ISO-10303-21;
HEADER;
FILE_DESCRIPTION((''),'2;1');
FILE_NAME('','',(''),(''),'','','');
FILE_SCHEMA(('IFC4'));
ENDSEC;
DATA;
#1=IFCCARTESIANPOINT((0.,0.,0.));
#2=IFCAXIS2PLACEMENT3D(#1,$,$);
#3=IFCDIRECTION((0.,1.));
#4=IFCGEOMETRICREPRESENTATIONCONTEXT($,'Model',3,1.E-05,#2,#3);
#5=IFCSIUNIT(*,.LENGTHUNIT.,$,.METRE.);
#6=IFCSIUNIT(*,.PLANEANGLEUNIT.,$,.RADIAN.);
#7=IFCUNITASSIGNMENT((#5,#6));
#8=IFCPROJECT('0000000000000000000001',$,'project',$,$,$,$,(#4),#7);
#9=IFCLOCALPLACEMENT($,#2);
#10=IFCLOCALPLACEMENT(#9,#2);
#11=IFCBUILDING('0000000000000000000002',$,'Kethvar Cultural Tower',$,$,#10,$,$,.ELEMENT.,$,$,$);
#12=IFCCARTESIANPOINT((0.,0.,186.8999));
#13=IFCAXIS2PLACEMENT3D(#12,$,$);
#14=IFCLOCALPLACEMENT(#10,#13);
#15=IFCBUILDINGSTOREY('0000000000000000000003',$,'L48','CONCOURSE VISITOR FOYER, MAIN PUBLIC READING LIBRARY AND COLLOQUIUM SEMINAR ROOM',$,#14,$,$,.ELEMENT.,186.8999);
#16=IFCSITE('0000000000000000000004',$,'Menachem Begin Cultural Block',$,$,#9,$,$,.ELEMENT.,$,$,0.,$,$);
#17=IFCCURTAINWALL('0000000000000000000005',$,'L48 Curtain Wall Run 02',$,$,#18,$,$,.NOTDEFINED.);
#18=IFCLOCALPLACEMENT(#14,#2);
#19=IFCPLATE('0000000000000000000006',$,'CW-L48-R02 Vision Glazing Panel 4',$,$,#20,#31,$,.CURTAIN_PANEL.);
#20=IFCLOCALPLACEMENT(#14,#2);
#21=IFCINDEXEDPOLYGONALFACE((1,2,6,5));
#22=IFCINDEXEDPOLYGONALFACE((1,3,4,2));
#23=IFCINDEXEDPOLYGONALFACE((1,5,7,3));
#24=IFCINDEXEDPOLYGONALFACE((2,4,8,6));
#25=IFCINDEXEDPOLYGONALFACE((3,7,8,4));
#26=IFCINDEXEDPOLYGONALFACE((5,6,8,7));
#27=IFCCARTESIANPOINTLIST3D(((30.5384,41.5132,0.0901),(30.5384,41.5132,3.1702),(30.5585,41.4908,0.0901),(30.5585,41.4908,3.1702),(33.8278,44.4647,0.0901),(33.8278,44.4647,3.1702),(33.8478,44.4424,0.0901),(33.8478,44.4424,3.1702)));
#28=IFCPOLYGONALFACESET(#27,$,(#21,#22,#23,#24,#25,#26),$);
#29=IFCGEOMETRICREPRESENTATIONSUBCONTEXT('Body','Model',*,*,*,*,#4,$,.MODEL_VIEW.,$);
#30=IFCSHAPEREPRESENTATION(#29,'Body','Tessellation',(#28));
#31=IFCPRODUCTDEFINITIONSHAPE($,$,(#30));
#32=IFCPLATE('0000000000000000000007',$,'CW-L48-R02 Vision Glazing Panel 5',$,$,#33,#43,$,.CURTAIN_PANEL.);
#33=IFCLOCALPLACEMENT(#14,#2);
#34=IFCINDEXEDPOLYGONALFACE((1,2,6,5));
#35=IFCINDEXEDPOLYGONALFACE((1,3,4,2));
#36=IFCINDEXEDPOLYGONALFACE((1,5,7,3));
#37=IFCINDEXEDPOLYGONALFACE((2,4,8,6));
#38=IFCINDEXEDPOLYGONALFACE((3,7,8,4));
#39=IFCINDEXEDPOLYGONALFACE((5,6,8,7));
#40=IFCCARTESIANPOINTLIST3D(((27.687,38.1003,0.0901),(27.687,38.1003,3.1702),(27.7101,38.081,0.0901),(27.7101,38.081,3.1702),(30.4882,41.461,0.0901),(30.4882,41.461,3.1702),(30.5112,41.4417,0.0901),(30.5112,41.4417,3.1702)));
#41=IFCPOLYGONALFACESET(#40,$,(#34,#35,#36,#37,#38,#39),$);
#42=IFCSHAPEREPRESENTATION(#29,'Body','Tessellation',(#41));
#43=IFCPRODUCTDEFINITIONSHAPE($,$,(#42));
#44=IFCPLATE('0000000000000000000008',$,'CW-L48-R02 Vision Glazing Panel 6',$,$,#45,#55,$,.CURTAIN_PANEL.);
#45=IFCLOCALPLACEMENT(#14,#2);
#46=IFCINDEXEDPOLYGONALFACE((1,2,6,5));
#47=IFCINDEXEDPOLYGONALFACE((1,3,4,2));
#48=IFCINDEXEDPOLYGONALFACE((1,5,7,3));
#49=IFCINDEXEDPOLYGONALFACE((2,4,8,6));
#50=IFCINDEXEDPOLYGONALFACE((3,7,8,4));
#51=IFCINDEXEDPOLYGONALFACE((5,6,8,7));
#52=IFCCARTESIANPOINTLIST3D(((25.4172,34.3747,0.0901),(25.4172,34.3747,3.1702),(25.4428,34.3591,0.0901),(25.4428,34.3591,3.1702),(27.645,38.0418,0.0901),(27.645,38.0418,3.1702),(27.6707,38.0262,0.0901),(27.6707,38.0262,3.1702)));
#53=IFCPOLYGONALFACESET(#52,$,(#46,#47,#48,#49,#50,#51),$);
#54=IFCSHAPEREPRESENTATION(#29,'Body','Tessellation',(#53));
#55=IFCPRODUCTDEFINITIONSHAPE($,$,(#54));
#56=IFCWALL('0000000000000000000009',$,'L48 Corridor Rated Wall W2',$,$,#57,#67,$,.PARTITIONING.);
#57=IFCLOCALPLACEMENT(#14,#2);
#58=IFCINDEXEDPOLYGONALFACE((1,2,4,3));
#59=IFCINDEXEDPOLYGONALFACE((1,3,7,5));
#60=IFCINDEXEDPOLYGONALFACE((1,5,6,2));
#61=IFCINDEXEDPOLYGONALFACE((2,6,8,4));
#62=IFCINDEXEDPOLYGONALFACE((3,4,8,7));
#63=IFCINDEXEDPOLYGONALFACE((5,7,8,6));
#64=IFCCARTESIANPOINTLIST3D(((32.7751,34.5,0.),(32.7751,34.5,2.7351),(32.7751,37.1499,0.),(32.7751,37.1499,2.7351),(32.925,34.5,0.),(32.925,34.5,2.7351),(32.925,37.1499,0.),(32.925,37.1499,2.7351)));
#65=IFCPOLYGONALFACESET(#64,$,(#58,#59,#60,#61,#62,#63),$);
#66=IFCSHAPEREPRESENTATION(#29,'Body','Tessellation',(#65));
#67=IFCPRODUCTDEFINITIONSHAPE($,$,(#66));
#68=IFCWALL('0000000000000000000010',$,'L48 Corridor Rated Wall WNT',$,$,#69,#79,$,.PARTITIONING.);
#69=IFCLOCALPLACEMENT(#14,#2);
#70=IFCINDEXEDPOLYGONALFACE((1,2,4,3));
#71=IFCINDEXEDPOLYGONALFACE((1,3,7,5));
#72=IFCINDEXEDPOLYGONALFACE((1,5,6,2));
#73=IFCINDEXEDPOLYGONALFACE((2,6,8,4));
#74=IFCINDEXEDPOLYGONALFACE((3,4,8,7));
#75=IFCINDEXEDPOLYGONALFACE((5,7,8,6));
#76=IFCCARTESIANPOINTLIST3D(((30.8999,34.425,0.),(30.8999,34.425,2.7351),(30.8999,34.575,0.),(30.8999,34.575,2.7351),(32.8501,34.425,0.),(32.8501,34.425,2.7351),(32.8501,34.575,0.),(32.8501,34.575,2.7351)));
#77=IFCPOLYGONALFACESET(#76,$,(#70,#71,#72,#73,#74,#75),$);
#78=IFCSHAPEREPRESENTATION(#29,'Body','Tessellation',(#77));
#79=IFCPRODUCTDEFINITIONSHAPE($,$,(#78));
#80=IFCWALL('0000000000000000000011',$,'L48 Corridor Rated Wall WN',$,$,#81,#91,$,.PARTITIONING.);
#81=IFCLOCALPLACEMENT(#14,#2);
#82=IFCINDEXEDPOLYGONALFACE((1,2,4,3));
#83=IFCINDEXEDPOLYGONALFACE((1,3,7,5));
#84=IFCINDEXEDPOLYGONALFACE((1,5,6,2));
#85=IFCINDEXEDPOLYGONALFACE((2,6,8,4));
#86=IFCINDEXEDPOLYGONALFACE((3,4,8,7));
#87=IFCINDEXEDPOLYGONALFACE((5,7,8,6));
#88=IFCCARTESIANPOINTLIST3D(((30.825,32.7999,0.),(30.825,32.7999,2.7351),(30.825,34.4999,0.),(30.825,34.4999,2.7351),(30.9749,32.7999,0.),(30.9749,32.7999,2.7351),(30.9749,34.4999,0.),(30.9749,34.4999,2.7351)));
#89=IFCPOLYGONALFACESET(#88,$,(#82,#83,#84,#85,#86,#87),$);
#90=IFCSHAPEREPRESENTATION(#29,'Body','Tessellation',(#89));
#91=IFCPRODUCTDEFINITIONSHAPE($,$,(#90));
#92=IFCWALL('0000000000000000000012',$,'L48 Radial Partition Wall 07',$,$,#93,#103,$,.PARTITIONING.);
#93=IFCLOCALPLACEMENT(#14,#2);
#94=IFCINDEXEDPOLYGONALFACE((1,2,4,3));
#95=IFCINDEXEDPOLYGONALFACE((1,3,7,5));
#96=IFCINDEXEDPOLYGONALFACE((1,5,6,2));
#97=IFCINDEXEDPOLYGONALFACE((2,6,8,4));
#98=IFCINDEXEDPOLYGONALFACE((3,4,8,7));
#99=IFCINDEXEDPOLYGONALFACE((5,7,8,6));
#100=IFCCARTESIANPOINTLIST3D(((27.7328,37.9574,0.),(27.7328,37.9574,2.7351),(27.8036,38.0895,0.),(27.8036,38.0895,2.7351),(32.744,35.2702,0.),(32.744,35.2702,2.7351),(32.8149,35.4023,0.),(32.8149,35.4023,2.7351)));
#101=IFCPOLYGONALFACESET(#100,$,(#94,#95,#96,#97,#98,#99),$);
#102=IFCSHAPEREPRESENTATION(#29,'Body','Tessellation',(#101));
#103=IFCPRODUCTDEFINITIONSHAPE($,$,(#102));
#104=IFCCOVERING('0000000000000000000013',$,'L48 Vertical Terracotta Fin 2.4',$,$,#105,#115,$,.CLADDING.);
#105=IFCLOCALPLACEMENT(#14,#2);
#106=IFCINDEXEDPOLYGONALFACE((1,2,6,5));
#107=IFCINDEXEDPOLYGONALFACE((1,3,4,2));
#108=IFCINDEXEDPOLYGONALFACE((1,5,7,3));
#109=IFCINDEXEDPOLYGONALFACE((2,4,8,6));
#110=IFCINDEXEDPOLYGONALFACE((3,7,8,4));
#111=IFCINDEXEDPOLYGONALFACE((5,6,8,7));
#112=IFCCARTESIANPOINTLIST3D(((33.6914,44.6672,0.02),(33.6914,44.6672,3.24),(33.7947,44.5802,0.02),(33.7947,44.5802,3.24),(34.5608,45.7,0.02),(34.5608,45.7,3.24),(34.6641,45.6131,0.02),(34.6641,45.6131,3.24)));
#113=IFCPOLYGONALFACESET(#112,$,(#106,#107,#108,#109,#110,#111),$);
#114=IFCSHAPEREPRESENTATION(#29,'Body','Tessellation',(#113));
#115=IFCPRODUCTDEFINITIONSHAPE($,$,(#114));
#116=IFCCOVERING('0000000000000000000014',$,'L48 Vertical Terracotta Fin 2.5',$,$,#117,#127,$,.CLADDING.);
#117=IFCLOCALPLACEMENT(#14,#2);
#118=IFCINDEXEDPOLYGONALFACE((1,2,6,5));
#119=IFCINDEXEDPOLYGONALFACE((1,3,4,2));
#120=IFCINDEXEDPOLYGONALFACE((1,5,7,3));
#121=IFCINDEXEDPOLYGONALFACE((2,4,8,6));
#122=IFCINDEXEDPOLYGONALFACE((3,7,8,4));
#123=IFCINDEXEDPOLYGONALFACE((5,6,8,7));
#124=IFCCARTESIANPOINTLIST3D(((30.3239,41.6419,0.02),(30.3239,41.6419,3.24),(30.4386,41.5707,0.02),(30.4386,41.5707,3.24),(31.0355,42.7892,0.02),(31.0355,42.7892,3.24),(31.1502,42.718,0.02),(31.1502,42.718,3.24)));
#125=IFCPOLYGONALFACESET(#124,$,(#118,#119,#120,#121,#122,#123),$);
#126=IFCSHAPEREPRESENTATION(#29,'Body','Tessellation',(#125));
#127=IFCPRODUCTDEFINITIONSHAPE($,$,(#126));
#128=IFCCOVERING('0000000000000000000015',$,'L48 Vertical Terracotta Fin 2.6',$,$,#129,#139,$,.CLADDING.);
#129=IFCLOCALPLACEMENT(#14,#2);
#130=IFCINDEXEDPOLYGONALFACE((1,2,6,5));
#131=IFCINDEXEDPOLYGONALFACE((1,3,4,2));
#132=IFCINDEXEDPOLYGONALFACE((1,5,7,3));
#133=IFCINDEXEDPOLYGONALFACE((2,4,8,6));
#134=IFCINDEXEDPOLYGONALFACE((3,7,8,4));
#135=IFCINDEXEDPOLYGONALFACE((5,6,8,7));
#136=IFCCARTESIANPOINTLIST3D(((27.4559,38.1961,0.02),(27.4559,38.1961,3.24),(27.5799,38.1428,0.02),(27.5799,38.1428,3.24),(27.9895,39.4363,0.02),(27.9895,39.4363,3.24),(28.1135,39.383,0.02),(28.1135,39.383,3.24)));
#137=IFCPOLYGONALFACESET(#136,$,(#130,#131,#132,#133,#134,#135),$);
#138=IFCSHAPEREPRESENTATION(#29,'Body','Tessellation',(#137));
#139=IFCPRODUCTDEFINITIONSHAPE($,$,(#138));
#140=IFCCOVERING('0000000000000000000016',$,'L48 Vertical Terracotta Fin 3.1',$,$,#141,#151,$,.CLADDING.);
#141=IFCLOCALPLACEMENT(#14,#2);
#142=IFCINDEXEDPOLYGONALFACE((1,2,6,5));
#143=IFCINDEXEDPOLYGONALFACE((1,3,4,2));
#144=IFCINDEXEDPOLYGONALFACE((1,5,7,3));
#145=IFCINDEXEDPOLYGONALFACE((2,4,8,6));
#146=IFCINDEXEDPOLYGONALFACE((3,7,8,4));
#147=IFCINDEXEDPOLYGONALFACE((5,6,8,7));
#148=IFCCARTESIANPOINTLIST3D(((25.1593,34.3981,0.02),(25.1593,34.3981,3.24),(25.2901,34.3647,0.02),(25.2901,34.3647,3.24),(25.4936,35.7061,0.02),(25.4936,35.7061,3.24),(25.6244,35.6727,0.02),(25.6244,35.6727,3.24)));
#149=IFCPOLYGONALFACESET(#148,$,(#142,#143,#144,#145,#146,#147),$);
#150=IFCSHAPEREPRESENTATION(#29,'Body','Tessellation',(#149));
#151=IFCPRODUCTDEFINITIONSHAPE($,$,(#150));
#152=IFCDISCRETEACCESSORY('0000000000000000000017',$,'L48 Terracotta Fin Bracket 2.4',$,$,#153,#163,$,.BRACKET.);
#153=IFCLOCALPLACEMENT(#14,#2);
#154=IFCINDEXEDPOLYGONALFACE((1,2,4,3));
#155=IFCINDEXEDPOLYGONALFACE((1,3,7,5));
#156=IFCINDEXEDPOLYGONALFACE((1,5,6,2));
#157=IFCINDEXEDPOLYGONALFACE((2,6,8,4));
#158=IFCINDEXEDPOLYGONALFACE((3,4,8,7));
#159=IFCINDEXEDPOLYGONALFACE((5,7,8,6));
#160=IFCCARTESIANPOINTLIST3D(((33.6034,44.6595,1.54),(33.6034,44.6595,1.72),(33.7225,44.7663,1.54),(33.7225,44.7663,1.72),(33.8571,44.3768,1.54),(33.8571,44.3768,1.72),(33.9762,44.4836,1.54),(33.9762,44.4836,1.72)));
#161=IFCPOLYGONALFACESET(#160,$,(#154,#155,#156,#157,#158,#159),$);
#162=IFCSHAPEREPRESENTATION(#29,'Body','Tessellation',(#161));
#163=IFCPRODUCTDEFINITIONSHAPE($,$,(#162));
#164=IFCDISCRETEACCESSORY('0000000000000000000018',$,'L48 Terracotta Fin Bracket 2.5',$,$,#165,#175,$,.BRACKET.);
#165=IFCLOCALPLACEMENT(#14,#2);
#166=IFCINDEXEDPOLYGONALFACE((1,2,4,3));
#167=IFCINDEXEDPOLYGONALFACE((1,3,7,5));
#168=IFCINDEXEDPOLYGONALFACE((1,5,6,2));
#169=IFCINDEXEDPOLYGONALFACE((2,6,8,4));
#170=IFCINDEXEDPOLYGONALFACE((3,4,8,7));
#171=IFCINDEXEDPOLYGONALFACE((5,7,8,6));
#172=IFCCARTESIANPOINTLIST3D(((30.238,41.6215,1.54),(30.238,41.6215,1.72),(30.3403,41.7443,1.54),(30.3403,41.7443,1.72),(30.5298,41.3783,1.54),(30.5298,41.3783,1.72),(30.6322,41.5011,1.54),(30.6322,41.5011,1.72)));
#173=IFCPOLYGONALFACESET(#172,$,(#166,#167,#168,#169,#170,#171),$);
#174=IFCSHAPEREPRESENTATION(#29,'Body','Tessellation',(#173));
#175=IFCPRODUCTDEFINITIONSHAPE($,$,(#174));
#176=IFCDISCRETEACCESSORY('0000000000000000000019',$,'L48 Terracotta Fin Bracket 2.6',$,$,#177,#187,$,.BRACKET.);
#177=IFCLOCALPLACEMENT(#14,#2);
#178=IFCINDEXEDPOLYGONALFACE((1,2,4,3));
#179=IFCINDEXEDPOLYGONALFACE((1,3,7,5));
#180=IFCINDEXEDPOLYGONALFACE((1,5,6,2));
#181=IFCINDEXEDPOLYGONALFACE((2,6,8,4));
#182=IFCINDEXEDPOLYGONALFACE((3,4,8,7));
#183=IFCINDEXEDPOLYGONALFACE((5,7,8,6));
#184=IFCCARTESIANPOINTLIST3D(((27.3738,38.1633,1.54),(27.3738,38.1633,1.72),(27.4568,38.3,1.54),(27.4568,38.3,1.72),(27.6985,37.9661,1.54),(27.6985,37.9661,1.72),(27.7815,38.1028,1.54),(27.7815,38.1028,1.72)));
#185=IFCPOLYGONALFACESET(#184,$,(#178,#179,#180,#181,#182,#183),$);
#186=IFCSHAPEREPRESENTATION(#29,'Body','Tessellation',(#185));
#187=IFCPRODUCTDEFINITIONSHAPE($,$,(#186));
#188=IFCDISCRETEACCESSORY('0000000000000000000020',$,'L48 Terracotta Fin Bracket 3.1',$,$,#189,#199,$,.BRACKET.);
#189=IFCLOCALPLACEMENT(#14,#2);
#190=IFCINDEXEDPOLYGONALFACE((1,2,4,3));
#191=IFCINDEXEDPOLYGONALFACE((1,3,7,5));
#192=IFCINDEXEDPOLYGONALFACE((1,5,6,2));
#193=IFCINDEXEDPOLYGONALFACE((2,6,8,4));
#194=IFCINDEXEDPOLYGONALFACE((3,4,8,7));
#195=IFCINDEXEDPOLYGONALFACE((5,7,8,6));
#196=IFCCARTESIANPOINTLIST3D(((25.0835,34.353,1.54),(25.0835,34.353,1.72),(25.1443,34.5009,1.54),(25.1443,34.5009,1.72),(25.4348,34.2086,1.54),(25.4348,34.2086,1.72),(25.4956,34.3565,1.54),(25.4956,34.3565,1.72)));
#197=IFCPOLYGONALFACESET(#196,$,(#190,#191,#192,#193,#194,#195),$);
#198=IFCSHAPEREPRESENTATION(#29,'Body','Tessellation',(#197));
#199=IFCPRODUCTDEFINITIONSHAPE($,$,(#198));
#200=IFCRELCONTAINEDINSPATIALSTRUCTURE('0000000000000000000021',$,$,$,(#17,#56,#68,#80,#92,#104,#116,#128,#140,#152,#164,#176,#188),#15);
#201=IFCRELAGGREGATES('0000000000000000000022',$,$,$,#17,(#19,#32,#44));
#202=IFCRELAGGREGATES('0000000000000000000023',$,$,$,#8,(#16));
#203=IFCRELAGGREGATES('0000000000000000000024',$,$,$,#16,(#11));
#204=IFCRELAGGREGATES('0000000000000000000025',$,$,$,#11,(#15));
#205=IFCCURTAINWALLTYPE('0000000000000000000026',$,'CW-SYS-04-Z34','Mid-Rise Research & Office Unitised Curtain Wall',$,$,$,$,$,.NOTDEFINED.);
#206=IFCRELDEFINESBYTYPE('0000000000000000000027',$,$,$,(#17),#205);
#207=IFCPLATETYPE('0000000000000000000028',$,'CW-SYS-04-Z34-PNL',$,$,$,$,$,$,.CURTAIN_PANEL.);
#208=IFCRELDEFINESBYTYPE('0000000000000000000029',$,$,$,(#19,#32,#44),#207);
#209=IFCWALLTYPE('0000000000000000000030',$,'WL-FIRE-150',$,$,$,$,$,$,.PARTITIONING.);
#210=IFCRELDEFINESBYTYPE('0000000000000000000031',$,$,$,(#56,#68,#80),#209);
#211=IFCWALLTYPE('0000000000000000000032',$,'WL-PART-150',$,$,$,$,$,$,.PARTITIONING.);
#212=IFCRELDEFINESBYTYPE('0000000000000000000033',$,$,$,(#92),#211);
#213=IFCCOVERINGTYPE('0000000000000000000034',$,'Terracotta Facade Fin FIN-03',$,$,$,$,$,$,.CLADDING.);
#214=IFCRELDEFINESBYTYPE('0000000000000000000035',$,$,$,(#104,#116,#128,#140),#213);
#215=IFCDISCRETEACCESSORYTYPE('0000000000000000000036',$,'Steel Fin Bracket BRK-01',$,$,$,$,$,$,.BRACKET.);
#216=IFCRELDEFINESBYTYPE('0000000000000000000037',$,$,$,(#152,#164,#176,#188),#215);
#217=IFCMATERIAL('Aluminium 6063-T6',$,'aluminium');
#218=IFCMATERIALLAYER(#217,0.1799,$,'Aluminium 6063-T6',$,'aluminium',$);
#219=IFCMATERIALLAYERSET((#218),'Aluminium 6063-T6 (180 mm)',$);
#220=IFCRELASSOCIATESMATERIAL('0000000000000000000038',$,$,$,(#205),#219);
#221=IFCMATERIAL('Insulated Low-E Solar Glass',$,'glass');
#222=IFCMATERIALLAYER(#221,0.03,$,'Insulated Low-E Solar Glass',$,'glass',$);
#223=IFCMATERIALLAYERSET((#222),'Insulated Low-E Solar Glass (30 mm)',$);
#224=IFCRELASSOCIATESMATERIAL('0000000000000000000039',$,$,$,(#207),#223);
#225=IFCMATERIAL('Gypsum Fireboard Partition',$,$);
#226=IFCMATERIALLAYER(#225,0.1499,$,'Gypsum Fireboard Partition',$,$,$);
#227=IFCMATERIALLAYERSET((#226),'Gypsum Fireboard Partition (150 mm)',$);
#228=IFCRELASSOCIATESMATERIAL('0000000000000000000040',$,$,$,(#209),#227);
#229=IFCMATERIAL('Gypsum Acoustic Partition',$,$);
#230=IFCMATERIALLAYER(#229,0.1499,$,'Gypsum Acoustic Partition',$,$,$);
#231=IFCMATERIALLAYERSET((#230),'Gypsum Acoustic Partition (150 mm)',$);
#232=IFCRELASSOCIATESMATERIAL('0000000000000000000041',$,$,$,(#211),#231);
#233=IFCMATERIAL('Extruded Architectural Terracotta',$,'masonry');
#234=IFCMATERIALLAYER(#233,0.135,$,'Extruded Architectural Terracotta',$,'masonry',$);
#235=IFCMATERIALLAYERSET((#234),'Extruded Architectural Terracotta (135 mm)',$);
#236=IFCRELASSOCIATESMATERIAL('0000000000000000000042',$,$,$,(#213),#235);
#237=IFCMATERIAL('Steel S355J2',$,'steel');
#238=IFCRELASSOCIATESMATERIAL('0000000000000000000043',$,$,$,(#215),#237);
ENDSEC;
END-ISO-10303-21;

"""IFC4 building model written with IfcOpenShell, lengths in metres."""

from ifc_helpers import new_model, si_unit, direction, frame, frame_2d, origin, origin_2d, place, context, subcontext, project, spatial, rectangle, extrude, source, transform, mapped, material, layer, layer_set, type_object, element, aggregate, save


model = new_model("IFC4")

# Units and contexts
model_context = context("Model", 3, precision=1e-05, world=origin(), true_north=direction((0.0, 1.0)))
body_context = subcontext(model_context, "Body", "Model", "MODEL_VIEW")
ifc_project = project(units=[si_unit("LENGTHUNIT", "METRE"), si_unit("PLANEANGLEUNIT", "RADIAN")], contexts=[model_context])

# Site, building, storey
site_placement = place(None, origin())
site = spatial("IfcSite", under=ifc_project, at=site_placement, Name="Menachem Begin Cultural Block", CompositionType="ELEMENT", RefElevation=0.0)
building_placement = place(site_placement, origin())
building = spatial("IfcBuilding", under=site, at=building_placement, Name="Kethvar Cultural Tower", CompositionType="ELEMENT")
storey_placement = place(building_placement, frame((0.0, 0.0, 186.8999)))
storey = spatial("IfcBuildingStorey", under=building, at=storey_placement, Name="L48", Description="CONCOURSE VISITOR FOYER, MAIN PUBLIC READING LIBRARY AND COLLOQUIUM SEMINAR ROOM", CompositionType="ELEMENT", Elevation=186.8999)

# Shared definitions
ifc_material_1 = material(Name="Steel S355J2", Category="steel")

# Curtain wall, plates
ifc_material_2 = material(Name="Aluminium 6063-T6", Category="aluminium")
ifc_layer_1 = layer(ifc_material_2, 0.1799, Name="Aluminium 6063-T6", Category="aluminium")
ifc_layer_set_1 = layer_set([ifc_layer_1], Name="Aluminium 6063-T6 (180 mm)")
curtain_wall_type = type_object("IfcCurtainWallType", Name="CW-SYS-04-Z34", Description="Mid-Rise Research & Office Unitised Curtain Wall", PredefinedType="NOTDEFINED", material=ifc_layer_set_1)
curtain_wall_placement = place(storey_placement, origin())
curtain_wall = element("IfcCurtainWall", 1, at=curtain_wall_placement, inside=storey, type_object=curtain_wall_type, Name="L48 Curtain Wall Run 02", PredefinedType="NOTDEFINED")
ifc_material_3 = material(Name="Insulated Low-E Solar Glass", Category="glass")
ifc_layer_2 = layer(ifc_material_3, 0.03, Name="Insulated Low-E Solar Glass", Category="glass")
ifc_layer_set_2 = layer_set([ifc_layer_2], Name="Insulated Low-E Solar Glass (30 mm)")
plate_type = type_object("IfcPlateType", Name="CW-SYS-04-Z34-PNL", PredefinedType="CURTAIN_PANEL", material=ifc_layer_set_2)
shared_shape_1 = source(origin(), body_context, "Body", "SweptSolid", [
    extrude(rectangle(XDim=4.4194, YDim=0.03, at=origin_2d()), origin(), (0.0, 0.0, 1.0), 3.0801),
])
plate_1_placement = place(storey_placement, frame((32.1931, 42.9778, 0.0901), z_axis=(0.0, 0.0, 1.0), x_axis=(-0.744288, -0.667859, 0.0)))
plate_1 = element("IfcPlate", 2, at=plate_1_placement, type_object=plate_type, Name="CW-L48-R02 Vision Glazing Panel 4", PredefinedType="CURTAIN_PANEL", context=body_context, shape_type="MappedRepresentation", body=[
    mapped(shared_shape_1, transform((0.0, 0.0, 0.0), scale=1.0)),
])
shared_shape_2 = source(origin(), body_context, "Body", "SweptSolid", [
    extrude(rectangle(XDim=4.375, YDim=0.03, at=origin_2d()), origin(), (0.0, 0.0, 1.0), 3.0801),
])
plate_2_placement = place(storey_placement, frame((29.0991, 39.771, 0.0901), z_axis=(0.0, 0.0, 1.0), x_axis=(-0.640257, -0.768161, 0.0)))
plate_2 = element("IfcPlate", 3, at=plate_2_placement, type_object=plate_type, Name="CW-L48-R02 Vision Glazing Panel 5", PredefinedType="CURTAIN_PANEL", context=body_context, shape_type="MappedRepresentation", body=[
    mapped(shared_shape_2, transform((0.0, 0.0, 0.0), scale=1.0)),
])
shared_shape_3 = source(origin(), body_context, "Body", "SweptSolid", [
    extrude(rectangle(XDim=4.2908, YDim=0.03, at=origin_2d()), origin(), (0.0, 0.0, 1.0), 3.0801),
])
plate_3_placement = place(storey_placement, frame((26.5439, 36.2004, 0.0901), z_axis=(0.0, 0.0, 1.0), x_axis=(-0.519221, -0.85464, 0.0)))
plate_3 = element("IfcPlate", 4, at=plate_3_placement, type_object=plate_type, Name="CW-L48-R02 Vision Glazing Panel 6", PredefinedType="CURTAIN_PANEL", context=body_context, shape_type="MappedRepresentation", body=[
    mapped(shared_shape_3, transform((0.0, 0.0, 0.0), scale=1.0)),
])
aggregate(curtain_wall, [plate_1, plate_2, plate_3])

# Walls
ifc_material_4 = material(Name="Gypsum Fireboard Partition")
ifc_layer_3 = layer(ifc_material_4, 0.1499, Name="Gypsum Fireboard Partition")
ifc_layer_set_3 = layer_set([ifc_layer_3], Name="Gypsum Fireboard Partition (150 mm)")
wall_type_1 = type_object("IfcWallType", Name="WL-FIRE-150", PredefinedType="PARTITIONING", material=ifc_layer_set_3)
wall_1_placement = place(storey_placement, frame((32.8501, 37.1499, 0.0), z_axis=(0.0, 0.0, 1.0), x_axis=(0.0, -1.0, 0.0)))
element("IfcWall", 5, at=wall_1_placement, inside=storey, type_object=wall_type_1, Name="L48 Corridor Rated Wall W2", PredefinedType="PARTITIONING", context=body_context, shape_type="SweptSolid", body=[
    extrude(rectangle(XDim=2.6499, YDim=0.1499, at=frame_2d((1.325, 0.0))), origin(), (0.0, 0.0, 1.0), 2.7351),
])
wall_2_placement = place(storey_placement, frame((32.8501, 34.5, 0.0), z_axis=(0.0, 0.0, 1.0), x_axis=(-1.0, 0.0, 0.0)))
element("IfcWall", 6, at=wall_2_placement, inside=storey, type_object=wall_type_1, Name="L48 Corridor Rated Wall WNT", PredefinedType="PARTITIONING", context=body_context, shape_type="SweptSolid", body=[
    extrude(rectangle(XDim=1.9502, YDim=0.1499, at=frame_2d((0.9751, 0.0))), origin(), (0.0, 0.0, 1.0), 2.7351),
])
wall_3_placement = place(storey_placement, frame((30.8999, 34.5, 0.0), z_axis=(0.0, 0.0, 1.0), x_axis=(0.0, -1.0, 0.0)))
element("IfcWall", 7, at=wall_3_placement, inside=storey, type_object=wall_type_1, Name="L48 Corridor Rated Wall WN", PredefinedType="PARTITIONING", context=body_context, shape_type="SweptSolid", body=[
    extrude(rectangle(XDim=1.7, YDim=0.1499, at=frame_2d((0.8501, 0.0))), origin(), (0.0, 0.0, 1.0), 2.7351),
])
ifc_material_5 = material(Name="Gypsum Acoustic Partition")
ifc_layer_4 = layer(ifc_material_5, 0.1499, Name="Gypsum Acoustic Partition")
ifc_layer_set_4 = layer_set([ifc_layer_4], Name="Gypsum Acoustic Partition (150 mm)")
wall_type_2 = type_object("IfcWallType", Name="WL-PART-150", PredefinedType="PARTITIONING", material=ifc_layer_set_4)
wall_4_placement = place(storey_placement, frame((32.7795, 35.3362, 0.0), z_axis=(0.0, 0.0, 1.0), x_axis=(-0.881285, 0.472586, 0.0)))
element("IfcWall", 8, at=wall_4_placement, inside=storey, type_object=wall_type_2, Name="L48 Radial Partition Wall 07", PredefinedType="PARTITIONING", context=body_context, shape_type="SweptSolid", body=[
    extrude(rectangle(XDim=5.6863, YDim=0.1499, at=frame_2d((2.8433, 0.0))), origin(), (0.0, 0.0, 1.0), 2.7351),
])

# Coverings
ifc_material_6 = material(Name="Extruded Architectural Terracotta", Category="masonry")
ifc_layer_5 = layer(ifc_material_6, 0.135, Name="Extruded Architectural Terracotta", Category="masonry")
ifc_layer_set_5 = layer_set([ifc_layer_5], Name="Extruded Architectural Terracotta (135 mm)")
covering_type = type_object("IfcCoveringType", Name="Terracotta Facade Fin FIN-03", PredefinedType="CLADDING", material=ifc_layer_set_5)
shared_shape_4 = source(origin(), body_context, "Body", "SweptSolid", [
    extrude(rectangle(XDim=1.3501, YDim=0.135, at=origin_2d()), origin(), (0.0, 0.0, 1.0), 3.22),
])
for number, where, z_axis, x_axis, name in (
    (9, (34.1777, 45.1401, 0.02), (0.0, 0.0, 1.0), (0.64399, 0.765034, 0.0), "L48 Vertical Terracotta Fin 2.4"),
    (10, (30.7371, 42.1799, 0.02), (0.0, 0.0, 1.0), (0.527104, 0.849801, 0.0), "L48 Vertical Terracotta Fin 2.5"),
    (11, (27.7847, 38.7896, 0.02), (0.0, 0.0, 1.0), (0.395225, 0.918584, 0.0), "L48 Vertical Terracotta Fin 2.6"),
    (12, (25.3918, 35.0354, 0.02), (0.0, 0.0, 1.0), (0.247675, 0.968843, 0.0), "L48 Vertical Terracotta Fin 3.1"),
):
    element("IfcCovering", number, at=place(storey_placement, frame(where, z_axis=z_axis, x_axis=x_axis)), inside=storey, type_object=covering_type, Name=name, PredefinedType="CLADDING", context=body_context, shape_type="MappedRepresentation", body=[
        mapped(shared_shape_4, transform((0.0, 0.0, 0.0), scale=1.0)),
    ])

# Discrete accessories
discrete_accessory_type = type_object("IfcDiscreteAccessoryType", Name="Steel Fin Bracket BRK-01", PredefinedType="BRACKET", material=ifc_material_1)
shared_shape_5 = source(origin(), body_context, "Body", "SweptSolid", [
    extrude(rectangle(XDim=0.3799, YDim=0.1599, at=origin_2d()), origin(), (0.0, 0.0, 1.0), 0.1799),
])
for number, where, z_axis, x_axis, name in (
    (13, (33.7898, 44.5715, 1.54), (0.0, 0.0, 1.0), (-0.667833, 0.744312, 0.0), "L48 Terracotta Fin Bracket 2.4"),
    (14, (30.4351, 41.5613, 1.54), (0.0, 0.0, 1.0), (-0.768172, 0.640244, 0.0), "L48 Terracotta Fin Bracket 2.5"),
    (15, (27.5776, 38.1331, 1.54), (0.0, 0.0, 1.0), (-0.85464, 0.519221, 0.0), "L48 Terracotta Fin Bracket 2.6"),
    (16, (25.2896, 34.3547, 1.54), (0.0, 0.0, 1.0), (-0.924945, 0.380102, 0.0), "L48 Terracotta Fin Bracket 3.1"),
):
    element("IfcDiscreteAccessory", number, at=place(storey_placement, frame(where, z_axis=z_axis, x_axis=x_axis)), inside=storey, type_object=discrete_accessory_type, Name=name, PredefinedType="BRACKET", context=body_context, shape_type="MappedRepresentation", body=[
        mapped(shared_shape_5, transform((0.0, 0.0, 0.0), scale=1.0)),
    ])

save(model, "model.ifc")
